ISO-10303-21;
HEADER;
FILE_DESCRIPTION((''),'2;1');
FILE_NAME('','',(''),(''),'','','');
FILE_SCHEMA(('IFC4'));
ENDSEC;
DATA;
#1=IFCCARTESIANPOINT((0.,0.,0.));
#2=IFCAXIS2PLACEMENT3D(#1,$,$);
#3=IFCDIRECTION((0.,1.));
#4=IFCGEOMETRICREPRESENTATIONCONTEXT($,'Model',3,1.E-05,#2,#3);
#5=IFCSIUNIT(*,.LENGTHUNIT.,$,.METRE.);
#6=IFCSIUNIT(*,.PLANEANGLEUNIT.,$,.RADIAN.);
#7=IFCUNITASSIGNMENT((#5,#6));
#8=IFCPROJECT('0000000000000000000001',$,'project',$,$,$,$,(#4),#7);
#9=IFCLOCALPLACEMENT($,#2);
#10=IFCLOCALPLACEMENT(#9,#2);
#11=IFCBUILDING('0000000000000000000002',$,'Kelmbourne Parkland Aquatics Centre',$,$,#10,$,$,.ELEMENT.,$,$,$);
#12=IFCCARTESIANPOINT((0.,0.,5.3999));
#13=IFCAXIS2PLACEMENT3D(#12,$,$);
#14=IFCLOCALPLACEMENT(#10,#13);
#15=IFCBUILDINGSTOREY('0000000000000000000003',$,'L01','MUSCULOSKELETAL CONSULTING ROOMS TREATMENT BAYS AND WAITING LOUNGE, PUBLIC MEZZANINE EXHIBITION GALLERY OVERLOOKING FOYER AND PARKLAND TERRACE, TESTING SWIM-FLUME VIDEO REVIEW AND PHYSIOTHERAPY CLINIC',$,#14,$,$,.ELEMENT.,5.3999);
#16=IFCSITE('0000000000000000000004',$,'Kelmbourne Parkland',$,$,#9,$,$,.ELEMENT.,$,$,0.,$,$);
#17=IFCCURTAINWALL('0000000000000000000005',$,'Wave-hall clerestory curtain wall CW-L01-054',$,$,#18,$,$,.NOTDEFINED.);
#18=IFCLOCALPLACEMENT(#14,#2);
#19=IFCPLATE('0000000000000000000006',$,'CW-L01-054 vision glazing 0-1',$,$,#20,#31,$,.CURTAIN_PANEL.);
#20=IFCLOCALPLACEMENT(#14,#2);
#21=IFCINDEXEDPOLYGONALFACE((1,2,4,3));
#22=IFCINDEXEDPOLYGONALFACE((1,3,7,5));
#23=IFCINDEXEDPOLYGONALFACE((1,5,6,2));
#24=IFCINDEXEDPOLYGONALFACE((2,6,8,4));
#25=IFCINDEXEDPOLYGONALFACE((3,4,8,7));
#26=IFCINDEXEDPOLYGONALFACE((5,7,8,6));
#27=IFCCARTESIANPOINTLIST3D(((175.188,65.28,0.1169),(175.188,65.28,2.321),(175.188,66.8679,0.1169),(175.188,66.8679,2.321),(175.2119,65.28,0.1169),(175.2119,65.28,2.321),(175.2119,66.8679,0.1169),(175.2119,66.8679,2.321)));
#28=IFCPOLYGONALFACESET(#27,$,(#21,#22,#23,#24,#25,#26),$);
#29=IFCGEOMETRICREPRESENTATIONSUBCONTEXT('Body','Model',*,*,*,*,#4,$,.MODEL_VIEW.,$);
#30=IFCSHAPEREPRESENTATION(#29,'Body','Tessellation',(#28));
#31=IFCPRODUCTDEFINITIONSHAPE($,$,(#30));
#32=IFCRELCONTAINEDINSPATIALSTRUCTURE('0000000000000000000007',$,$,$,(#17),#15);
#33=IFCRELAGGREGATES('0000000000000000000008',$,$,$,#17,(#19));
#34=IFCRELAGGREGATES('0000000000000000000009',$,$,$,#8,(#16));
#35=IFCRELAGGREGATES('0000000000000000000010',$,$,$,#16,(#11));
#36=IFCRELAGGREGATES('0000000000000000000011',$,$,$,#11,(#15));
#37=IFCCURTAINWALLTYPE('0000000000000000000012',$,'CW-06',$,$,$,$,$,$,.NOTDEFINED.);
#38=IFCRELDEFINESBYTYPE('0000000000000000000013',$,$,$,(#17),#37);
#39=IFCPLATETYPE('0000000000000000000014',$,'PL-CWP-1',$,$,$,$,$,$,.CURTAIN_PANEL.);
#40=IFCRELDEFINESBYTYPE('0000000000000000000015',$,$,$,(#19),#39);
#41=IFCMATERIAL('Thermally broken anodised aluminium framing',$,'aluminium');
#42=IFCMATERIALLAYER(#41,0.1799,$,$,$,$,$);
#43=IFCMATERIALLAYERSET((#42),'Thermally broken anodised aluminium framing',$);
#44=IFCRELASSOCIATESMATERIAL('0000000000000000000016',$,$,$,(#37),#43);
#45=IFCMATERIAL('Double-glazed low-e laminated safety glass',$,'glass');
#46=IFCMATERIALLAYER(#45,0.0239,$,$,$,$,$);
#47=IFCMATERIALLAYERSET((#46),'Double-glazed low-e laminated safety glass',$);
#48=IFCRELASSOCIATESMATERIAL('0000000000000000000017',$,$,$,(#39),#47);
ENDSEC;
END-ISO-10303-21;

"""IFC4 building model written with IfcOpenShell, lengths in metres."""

from ifc_helpers import new_model, si_unit, direction, frame, origin, origin_2d, place, context, subcontext, project, spatial, rectangle, extrude, material, layer, layer_set, type_object, element, aggregate, save


model = new_model("IFC4")

# Units and contexts
model_context = context("Model", 3, precision=1e-05, world=origin(), true_north=direction((0.0, 1.0)))
body_context = subcontext(model_context, "Body", "Model", "MODEL_VIEW")
ifc_project = project(units=[si_unit("LENGTHUNIT", "METRE"), si_unit("PLANEANGLEUNIT", "RADIAN")], contexts=[model_context])

# Site, building, storey
site_placement = place(None, origin())
site = spatial("IfcSite", under=ifc_project, at=site_placement, Name="Kelmbourne Parkland", CompositionType="ELEMENT", RefElevation=0.0)
building_placement = place(site_placement, origin())
building = spatial("IfcBuilding", under=site, at=building_placement, Name="Kelmbourne Parkland Aquatics Centre", CompositionType="ELEMENT")
storey_placement = place(building_placement, frame((0.0, 0.0, 5.3999)))
storey = spatial("IfcBuildingStorey", under=building, at=storey_placement, Name="L01", Description="MUSCULOSKELETAL CONSULTING ROOMS TREATMENT BAYS AND WAITING LOUNGE, PUBLIC MEZZANINE EXHIBITION GALLERY OVERLOOKING FOYER AND PARKLAND TERRACE, TESTING SWIM-FLUME VIDEO REVIEW AND PHYSIOTHERAPY CLINIC", CompositionType="ELEMENT", Elevation=5.3999)

# Shared definitions
ifc_material_1 = material(Name="Thermally broken anodised aluminium framing", Category="aluminium")

# Curtain wall
ifc_layer_1 = layer(ifc_material_1, 0.1799)
ifc_layer_set_1 = layer_set([ifc_layer_1], Name="Thermally broken anodised aluminium framing")
curtain_wall_type_1 = type_object("IfcCurtainWallType", Name="CW-06", PredefinedType="NOTDEFINED", material=ifc_layer_set_1)
curtain_wall_1_placement = place(storey_placement, origin())
curtain_wall_1 = element("IfcCurtainWall", 1, at=curtain_wall_1_placement, inside=storey, type_object=curtain_wall_type_1, Name="Wave-hall clerestory curtain wall CW-L01-054", PredefinedType="NOTDEFINED")

# Plate
ifc_material_2 = material(Name="Double-glazed low-e laminated safety glass", Category="glass")
ifc_layer_2 = layer(ifc_material_2, 0.0239)
ifc_layer_set_2 = layer_set([ifc_layer_2], Name="Double-glazed low-e laminated safety glass")
plate_type_1 = type_object("IfcPlateType", Name="PL-CWP-1", PredefinedType="CURTAIN_PANEL", material=ifc_layer_set_2)
plate_1_placement = place(storey_placement, frame((175.2, 66.074, 0.1169), z_axis=(0.0, 0.0, 1.0), x_axis=(0.0, 1.0, 0.0)))
plate_1 = element("IfcPlate", 2, at=plate_1_placement, type_object=plate_type_1, Name="CW-L01-054 vision glazing 0-1", PredefinedType="CURTAIN_PANEL", context=body_context, shape_type="SweptSolid", body=[
    extrude(rectangle(XDim=1.5879, YDim=0.0239, at=origin_2d()), origin(), (0.0, 0.0, 1.0), 2.2041),
])
aggregate(curtain_wall_1, [plate_1])

save(model, "model.ifc")
